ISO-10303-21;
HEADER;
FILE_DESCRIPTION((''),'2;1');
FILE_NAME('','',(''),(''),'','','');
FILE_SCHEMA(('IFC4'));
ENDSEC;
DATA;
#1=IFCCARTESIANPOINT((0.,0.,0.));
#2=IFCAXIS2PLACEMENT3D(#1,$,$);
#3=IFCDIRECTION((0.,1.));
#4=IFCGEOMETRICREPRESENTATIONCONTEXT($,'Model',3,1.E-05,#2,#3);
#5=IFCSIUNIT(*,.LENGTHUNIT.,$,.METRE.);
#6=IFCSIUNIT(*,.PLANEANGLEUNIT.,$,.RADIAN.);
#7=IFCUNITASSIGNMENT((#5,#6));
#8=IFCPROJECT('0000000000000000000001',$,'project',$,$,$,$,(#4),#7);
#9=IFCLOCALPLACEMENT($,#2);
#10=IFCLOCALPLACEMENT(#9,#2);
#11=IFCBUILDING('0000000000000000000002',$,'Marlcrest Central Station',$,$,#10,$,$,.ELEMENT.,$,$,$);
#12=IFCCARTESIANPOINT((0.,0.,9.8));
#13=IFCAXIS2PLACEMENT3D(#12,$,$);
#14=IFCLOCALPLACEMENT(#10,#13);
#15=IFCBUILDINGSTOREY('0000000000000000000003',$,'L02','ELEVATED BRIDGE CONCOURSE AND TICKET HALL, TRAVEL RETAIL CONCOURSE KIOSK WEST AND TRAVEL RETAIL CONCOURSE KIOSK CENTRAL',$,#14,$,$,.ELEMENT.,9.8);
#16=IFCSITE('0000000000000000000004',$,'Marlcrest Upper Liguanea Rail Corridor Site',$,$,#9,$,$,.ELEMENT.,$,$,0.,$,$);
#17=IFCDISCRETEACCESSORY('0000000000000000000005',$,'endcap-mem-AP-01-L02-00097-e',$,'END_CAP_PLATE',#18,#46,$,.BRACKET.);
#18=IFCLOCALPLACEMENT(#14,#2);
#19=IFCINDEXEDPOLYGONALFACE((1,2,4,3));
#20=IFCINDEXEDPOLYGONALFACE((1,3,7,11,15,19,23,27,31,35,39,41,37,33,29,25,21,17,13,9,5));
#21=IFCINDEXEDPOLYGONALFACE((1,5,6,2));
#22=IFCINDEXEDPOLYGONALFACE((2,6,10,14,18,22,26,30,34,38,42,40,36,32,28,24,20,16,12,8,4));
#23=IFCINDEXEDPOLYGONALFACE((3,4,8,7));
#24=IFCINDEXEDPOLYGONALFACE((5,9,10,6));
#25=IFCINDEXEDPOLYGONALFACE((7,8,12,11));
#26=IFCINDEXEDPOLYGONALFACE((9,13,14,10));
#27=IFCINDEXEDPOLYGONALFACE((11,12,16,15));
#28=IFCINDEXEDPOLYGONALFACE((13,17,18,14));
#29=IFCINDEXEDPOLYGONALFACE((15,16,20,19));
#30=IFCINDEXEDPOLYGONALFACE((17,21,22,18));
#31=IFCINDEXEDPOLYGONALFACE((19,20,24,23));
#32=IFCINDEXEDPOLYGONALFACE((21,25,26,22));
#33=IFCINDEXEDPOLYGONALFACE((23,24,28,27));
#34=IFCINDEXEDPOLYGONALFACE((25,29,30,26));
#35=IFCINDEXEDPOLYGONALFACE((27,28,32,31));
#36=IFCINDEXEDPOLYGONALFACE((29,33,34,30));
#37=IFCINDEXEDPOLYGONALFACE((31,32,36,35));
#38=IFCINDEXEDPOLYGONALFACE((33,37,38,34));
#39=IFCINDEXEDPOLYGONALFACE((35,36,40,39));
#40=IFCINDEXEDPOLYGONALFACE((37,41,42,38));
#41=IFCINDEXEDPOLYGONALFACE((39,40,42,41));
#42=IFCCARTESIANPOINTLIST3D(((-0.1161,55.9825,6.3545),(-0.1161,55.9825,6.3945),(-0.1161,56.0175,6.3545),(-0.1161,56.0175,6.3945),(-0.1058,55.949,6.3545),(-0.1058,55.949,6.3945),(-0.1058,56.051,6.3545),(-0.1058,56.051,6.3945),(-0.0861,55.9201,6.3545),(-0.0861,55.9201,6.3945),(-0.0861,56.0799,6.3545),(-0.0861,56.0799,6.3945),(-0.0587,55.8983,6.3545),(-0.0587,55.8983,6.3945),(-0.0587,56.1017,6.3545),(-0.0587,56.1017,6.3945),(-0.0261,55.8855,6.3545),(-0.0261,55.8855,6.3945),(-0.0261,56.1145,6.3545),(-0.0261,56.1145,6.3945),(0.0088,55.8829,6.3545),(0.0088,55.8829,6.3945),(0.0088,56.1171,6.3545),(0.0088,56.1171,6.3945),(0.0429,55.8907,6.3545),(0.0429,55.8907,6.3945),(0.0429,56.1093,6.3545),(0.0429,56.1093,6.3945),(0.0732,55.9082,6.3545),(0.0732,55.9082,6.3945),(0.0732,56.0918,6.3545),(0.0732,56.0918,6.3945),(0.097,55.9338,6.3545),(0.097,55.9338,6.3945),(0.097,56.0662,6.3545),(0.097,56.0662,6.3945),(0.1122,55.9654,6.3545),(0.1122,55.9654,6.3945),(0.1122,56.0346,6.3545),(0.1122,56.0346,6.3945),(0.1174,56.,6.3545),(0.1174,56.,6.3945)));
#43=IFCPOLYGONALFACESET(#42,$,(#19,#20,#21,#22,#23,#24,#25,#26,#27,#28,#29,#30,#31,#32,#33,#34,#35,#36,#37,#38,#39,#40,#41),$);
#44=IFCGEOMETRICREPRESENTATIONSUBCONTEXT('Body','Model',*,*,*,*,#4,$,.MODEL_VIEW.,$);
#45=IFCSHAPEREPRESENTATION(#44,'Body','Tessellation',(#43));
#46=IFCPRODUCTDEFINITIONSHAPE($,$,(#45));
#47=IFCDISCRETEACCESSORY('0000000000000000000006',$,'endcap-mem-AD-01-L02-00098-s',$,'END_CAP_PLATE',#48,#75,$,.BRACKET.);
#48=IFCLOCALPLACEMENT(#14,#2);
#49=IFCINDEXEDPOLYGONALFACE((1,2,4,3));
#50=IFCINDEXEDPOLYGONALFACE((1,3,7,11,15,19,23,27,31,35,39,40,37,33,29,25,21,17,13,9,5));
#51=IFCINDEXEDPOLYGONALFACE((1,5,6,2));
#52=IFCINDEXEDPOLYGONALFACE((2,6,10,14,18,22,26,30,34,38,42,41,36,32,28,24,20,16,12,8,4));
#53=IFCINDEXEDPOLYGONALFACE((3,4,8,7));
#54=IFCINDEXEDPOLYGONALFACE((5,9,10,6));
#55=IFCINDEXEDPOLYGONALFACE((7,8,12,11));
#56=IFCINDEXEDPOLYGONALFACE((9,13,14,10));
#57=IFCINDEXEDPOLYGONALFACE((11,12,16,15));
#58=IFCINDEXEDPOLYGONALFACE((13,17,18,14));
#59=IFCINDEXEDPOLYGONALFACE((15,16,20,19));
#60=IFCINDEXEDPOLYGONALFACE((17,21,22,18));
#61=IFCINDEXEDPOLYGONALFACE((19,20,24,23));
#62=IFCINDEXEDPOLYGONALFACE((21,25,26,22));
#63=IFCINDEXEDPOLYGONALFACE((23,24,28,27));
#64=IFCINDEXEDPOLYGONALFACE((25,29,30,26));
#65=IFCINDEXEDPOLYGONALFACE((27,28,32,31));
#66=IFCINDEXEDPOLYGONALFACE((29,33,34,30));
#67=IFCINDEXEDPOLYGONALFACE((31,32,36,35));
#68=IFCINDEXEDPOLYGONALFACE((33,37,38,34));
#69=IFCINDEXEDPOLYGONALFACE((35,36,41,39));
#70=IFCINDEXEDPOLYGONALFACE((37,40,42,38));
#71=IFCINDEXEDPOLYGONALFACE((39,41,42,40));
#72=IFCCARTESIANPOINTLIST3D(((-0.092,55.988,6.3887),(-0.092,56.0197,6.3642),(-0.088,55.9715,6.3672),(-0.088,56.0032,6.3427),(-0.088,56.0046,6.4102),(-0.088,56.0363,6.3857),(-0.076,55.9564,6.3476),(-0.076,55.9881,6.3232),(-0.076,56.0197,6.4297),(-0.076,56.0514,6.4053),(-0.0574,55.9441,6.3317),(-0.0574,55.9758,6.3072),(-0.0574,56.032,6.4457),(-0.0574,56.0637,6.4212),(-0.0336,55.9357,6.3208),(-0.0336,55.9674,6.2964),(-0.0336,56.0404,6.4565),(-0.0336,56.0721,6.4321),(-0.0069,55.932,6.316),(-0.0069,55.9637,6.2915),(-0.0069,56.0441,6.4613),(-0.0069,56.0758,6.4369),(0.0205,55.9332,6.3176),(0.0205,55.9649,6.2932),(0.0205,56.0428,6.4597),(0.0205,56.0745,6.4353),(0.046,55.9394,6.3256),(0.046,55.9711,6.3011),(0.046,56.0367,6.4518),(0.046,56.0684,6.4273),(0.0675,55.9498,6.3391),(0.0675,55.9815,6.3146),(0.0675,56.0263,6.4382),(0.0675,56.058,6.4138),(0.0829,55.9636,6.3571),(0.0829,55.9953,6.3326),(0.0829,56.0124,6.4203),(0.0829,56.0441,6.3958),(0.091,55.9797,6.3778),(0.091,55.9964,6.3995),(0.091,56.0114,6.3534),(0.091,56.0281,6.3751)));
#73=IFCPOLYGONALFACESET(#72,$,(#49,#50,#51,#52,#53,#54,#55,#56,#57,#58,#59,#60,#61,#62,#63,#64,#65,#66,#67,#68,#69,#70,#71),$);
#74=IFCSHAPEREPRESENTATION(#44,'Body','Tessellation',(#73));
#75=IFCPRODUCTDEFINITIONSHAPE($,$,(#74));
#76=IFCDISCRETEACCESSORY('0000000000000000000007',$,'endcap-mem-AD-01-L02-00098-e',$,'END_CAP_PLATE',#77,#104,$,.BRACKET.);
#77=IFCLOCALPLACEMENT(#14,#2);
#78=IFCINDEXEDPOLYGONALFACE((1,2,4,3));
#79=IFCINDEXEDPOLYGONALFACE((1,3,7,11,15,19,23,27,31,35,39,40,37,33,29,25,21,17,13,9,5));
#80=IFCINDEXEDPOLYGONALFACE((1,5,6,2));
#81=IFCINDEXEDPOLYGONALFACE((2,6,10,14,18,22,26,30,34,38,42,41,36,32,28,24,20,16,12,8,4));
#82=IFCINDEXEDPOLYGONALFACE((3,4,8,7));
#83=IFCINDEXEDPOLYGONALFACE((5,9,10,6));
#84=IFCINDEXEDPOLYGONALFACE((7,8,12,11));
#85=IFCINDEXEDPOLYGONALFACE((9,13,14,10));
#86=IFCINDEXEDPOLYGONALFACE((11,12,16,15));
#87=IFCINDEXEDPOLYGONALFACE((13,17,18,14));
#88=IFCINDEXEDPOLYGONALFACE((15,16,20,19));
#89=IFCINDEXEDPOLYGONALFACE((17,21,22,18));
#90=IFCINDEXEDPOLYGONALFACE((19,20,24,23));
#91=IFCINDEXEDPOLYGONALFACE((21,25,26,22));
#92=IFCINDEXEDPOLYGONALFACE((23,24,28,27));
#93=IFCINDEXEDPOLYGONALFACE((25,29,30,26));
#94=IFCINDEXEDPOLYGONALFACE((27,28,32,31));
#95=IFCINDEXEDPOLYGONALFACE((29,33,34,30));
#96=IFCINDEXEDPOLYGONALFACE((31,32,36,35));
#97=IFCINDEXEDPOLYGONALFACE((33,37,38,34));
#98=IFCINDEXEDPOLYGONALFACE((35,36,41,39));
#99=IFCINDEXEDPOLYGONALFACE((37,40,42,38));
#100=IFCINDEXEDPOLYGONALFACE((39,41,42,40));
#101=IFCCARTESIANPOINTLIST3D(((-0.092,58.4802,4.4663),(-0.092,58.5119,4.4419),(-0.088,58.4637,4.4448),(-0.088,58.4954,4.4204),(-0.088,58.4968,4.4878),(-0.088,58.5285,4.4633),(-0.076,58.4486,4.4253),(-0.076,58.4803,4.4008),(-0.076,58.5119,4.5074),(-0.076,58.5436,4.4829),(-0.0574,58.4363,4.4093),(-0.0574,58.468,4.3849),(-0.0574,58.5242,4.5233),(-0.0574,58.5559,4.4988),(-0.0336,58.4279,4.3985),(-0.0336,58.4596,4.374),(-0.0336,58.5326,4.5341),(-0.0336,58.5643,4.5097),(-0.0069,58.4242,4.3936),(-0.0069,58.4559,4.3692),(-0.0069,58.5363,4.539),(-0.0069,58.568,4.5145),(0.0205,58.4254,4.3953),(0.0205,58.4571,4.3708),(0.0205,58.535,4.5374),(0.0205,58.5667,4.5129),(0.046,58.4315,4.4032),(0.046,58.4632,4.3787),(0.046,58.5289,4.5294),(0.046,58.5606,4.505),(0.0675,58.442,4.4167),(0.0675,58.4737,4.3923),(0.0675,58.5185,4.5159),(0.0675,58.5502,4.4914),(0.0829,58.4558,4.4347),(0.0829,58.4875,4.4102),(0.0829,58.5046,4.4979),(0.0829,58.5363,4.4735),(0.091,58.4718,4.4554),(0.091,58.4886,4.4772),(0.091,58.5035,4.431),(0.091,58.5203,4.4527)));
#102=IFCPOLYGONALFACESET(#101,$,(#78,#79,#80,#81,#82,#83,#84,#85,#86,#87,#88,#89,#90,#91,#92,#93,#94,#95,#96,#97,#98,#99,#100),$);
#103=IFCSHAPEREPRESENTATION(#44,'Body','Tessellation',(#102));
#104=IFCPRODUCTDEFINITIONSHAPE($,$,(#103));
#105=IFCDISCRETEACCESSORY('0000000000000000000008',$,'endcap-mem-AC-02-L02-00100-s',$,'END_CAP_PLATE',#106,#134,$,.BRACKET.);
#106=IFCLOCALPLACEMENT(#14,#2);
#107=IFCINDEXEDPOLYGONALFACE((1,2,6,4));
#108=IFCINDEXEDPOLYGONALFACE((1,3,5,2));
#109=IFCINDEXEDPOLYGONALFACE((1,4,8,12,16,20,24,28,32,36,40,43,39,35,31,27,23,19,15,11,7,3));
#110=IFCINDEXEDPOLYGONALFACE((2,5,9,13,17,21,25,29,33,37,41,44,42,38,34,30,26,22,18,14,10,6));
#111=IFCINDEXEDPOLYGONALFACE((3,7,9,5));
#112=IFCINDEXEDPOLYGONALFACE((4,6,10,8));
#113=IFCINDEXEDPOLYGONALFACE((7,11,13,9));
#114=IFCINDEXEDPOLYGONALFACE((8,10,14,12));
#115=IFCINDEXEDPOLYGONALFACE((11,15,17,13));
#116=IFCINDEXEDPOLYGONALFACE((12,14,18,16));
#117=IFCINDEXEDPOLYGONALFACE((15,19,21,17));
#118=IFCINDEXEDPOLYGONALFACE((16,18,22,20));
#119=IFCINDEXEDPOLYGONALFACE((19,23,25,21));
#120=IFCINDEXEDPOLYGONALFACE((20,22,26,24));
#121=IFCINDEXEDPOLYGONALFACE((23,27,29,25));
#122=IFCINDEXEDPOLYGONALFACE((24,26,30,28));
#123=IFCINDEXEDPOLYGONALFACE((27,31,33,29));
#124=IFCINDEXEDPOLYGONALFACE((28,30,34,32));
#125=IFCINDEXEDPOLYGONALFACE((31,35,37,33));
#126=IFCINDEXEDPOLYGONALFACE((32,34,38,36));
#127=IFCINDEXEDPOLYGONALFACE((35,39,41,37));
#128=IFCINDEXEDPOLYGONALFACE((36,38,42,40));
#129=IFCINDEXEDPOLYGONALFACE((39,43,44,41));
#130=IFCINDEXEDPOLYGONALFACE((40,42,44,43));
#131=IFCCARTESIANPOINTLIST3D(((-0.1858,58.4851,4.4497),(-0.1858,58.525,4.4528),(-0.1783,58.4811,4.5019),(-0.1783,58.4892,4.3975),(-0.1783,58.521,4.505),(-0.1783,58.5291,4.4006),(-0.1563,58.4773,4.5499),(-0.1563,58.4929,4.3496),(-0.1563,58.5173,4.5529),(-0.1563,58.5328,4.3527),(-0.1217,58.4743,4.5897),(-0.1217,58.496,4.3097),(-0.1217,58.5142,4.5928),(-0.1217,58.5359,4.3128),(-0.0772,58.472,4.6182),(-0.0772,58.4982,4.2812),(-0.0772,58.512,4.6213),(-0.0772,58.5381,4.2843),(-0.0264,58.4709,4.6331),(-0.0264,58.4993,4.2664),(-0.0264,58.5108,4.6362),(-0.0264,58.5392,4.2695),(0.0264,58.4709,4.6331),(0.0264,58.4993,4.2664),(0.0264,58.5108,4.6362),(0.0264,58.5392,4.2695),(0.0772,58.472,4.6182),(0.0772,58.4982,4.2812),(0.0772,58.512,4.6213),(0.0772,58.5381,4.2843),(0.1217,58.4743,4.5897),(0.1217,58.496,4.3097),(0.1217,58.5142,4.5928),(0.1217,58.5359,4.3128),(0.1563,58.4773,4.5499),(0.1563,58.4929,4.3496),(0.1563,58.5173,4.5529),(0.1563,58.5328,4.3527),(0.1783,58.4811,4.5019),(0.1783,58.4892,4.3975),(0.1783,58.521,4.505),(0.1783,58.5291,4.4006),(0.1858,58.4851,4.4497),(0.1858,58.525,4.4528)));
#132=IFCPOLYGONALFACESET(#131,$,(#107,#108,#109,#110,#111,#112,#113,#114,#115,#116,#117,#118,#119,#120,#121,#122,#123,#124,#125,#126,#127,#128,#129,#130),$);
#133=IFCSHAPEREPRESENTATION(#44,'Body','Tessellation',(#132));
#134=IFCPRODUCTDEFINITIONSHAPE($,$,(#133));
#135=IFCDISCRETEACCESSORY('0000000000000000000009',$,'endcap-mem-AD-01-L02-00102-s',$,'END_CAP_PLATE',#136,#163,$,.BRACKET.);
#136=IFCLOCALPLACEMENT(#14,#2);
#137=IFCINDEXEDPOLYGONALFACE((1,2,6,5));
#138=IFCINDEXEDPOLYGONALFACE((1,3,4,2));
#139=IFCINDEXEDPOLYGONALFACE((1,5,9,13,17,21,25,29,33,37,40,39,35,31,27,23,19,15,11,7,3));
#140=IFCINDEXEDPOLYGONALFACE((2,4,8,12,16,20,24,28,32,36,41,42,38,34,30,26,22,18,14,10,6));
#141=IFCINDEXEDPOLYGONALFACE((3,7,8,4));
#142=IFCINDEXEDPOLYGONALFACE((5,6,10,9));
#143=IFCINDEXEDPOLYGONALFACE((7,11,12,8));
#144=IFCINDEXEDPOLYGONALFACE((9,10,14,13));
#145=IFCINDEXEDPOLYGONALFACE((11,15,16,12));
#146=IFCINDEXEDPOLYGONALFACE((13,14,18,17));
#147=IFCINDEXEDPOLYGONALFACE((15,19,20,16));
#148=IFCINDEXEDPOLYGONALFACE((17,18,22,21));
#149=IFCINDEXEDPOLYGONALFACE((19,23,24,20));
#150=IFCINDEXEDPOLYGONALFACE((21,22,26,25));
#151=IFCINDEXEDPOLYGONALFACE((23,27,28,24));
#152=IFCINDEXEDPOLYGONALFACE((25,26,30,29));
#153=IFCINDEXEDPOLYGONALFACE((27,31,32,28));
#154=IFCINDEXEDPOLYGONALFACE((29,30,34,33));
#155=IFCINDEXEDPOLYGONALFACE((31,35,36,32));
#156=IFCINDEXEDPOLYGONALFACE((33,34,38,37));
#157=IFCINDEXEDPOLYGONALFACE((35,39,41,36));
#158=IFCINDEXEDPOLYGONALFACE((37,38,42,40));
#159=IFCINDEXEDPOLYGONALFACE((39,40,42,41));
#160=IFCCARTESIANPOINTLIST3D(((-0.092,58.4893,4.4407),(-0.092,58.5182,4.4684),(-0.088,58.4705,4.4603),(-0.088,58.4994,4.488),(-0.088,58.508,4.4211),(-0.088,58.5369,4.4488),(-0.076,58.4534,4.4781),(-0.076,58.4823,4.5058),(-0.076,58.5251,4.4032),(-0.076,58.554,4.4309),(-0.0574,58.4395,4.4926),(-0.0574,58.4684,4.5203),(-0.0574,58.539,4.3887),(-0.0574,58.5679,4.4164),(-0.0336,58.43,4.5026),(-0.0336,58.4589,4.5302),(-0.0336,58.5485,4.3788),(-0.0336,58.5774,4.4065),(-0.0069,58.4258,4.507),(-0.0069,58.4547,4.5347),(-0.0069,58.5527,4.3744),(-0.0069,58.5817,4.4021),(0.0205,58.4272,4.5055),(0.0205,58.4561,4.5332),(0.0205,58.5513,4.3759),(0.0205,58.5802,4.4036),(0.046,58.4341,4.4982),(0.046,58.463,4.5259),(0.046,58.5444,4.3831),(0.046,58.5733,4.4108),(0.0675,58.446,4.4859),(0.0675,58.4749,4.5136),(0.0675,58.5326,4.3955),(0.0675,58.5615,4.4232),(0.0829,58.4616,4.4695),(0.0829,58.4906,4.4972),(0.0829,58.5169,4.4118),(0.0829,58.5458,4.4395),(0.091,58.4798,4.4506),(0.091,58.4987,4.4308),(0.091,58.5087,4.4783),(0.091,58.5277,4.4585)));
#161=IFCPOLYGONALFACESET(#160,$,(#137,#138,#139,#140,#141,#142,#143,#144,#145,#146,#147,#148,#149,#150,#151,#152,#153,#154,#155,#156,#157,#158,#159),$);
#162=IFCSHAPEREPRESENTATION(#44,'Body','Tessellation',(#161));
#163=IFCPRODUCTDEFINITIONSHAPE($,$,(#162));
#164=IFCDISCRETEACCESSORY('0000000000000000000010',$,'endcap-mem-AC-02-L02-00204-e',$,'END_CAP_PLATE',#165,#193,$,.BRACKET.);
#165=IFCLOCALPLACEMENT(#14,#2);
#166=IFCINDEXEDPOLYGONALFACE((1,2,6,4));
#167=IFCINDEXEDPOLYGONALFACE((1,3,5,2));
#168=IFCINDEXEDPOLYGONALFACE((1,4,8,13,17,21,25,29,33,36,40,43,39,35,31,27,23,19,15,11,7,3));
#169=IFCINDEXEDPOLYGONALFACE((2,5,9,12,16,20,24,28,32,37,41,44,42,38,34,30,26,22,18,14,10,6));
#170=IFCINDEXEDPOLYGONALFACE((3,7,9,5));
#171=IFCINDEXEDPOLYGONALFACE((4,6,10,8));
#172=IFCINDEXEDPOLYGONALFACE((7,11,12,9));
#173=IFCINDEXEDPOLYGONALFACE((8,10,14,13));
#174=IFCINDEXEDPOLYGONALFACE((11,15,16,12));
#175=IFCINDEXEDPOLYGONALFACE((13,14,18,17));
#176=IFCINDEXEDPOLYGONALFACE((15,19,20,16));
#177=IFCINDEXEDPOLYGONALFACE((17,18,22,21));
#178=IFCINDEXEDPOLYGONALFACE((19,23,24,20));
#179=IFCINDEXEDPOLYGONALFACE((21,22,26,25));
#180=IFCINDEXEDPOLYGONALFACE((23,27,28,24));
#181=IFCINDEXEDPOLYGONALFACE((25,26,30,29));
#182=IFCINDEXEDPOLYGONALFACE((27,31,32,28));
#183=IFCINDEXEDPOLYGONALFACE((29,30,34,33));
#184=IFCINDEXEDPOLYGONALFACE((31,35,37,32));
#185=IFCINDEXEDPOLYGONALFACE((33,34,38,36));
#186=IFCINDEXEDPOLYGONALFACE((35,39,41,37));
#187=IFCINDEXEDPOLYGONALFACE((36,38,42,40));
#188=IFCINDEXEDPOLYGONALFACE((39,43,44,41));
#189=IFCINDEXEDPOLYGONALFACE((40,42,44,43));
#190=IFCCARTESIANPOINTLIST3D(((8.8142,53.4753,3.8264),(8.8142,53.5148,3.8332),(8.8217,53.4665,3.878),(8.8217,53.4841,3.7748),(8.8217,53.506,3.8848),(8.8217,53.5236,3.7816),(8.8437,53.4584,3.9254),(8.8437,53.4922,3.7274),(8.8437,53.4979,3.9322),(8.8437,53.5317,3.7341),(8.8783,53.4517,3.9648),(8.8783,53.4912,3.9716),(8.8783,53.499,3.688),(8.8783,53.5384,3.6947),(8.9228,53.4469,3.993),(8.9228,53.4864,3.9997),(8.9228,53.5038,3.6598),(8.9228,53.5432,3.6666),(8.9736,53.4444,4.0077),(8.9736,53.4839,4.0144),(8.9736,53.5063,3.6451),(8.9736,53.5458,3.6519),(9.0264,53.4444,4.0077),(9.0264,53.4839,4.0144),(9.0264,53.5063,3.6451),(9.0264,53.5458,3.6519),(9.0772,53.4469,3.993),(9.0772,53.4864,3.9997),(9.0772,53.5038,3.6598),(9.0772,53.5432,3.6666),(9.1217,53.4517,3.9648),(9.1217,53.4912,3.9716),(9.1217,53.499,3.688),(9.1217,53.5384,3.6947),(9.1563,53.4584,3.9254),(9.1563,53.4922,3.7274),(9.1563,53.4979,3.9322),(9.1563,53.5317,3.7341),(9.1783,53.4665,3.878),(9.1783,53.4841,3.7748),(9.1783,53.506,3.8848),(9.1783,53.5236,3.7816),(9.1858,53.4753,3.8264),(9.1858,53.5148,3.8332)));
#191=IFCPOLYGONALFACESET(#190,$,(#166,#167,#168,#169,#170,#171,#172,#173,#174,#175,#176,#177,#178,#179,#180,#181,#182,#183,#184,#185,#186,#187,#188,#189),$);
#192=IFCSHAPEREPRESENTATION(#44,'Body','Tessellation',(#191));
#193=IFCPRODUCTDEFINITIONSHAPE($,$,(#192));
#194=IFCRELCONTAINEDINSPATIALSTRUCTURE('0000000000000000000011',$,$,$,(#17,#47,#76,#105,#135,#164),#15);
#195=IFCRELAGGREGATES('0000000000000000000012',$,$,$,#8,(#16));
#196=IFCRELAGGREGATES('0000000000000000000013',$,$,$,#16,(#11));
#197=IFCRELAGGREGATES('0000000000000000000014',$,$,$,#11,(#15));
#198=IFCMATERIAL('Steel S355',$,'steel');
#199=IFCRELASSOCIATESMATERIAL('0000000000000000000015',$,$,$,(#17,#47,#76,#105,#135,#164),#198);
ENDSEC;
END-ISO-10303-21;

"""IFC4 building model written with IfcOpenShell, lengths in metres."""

from ifc_helpers import new_model, si_unit, direction, frame, origin, origin_2d, place, context, subcontext, project, spatial, circle, extrude, material, element, save


model = new_model("IFC4")

# Units and contexts
model_context = context("Model", 3, precision=1e-05, world=origin(), true_north=direction((0.0, 1.0)))
body_context = subcontext(model_context, "Body", "Model", "MODEL_VIEW")
ifc_project = project(units=[si_unit("LENGTHUNIT", "METRE"), si_unit("PLANEANGLEUNIT", "RADIAN")], contexts=[model_context])

# Site, building, storey
site_placement = place(None, origin())
site = spatial("IfcSite", under=ifc_project, at=site_placement, Name="Marlcrest Upper Liguanea Rail Corridor Site", CompositionType="ELEMENT", RefElevation=0.0)
building_placement = place(site_placement, origin())
building = spatial("IfcBuilding", under=site, at=building_placement, Name="Marlcrest Central Station", CompositionType="ELEMENT")
storey_placement = place(building_placement, frame((0.0, 0.0, 9.8)))
storey = spatial("IfcBuildingStorey", under=building, at=storey_placement, Name="L02", Description="ELEVATED BRIDGE CONCOURSE AND TICKET HALL, TRAVEL RETAIL CONCOURSE KIOSK WEST AND TRAVEL RETAIL CONCOURSE KIOSK CENTRAL", CompositionType="ELEMENT", Elevation=9.8)

# Shared definitions
ifc_material = material(Name="Steel S355", Category="steel")

# Discrete accessories
for number, where, z_axis, x_axis, name in (
    (1, (0.0, 56.0, 6.3545), (0.0, 0.0, 1.0), (1.0, 0.0, 0.0), "endcap-mem-AP-01-L02-00097-e"),
):
    element("IfcDiscreteAccessory", number, at=place(storey_placement, frame(where, z_axis=z_axis, x_axis=x_axis)), inside=storey, material=ifc_material, Name=name, ObjectType="END_CAP_PLATE", PredefinedType="BRACKET", context=body_context, shape_type="SweptSolid", body=[
        extrude(circle(Radius=0.1174, at=origin_2d()), origin(), (0.0, 0.0, 1.0), 0.04),
    ])
for number, where, z_axis, x_axis, name in (
    (2, (0.0, 55.988, 6.3887), (0.0, 0.791798, -0.610783), (-1.0, 0.0, 0.0), "endcap-mem-AD-01-L02-00098-s"),
    (3, (0.0, 58.4802, 4.4663), (0.0, 0.791798, -0.610783), (-1.0, 0.0, 0.0), "endcap-mem-AD-01-L02-00098-e"),
):
    element("IfcDiscreteAccessory", number, at=place(storey_placement, frame(where, z_axis=z_axis, x_axis=x_axis)), inside=storey, material=ifc_material, Name=name, ObjectType="END_CAP_PLATE", PredefinedType="BRACKET", context=body_context, shape_type="SweptSolid", body=[
        extrude(circle(Radius=0.092, at=origin_2d()), origin(), (0.0, 0.0, 1.0), 0.04),
    ])
discrete_accessory_1_placement = place(storey_placement, frame((0.0, 58.4851, 4.4497), z_axis=(0.0, 0.997007, 0.077307), x_axis=(-1.0, 0.0, 0.0)))
element("IfcDiscreteAccessory", 4, at=discrete_accessory_1_placement, inside=storey, material=ifc_material, Name="endcap-mem-AC-02-L02-00100-s", ObjectType="END_CAP_PLATE", PredefinedType="BRACKET", context=body_context, shape_type="SweptSolid", body=[
    extrude(circle(Radius=0.1858, at=origin_2d()), origin(), (0.0, 0.0, 1.0), 0.04),
])
discrete_accessory_2_placement = place(storey_placement, frame((0.0, 58.4893, 4.4407), z_axis=(0.0, 0.722247, 0.691636), x_axis=(-1.0, 0.0, 0.0)))
element("IfcDiscreteAccessory", 5, at=discrete_accessory_2_placement, inside=storey, material=ifc_material, Name="endcap-mem-AD-01-L02-00102-s", ObjectType="END_CAP_PLATE", PredefinedType="BRACKET", context=body_context, shape_type="SweptSolid", body=[
    extrude(circle(Radius=0.092, at=origin_2d()), origin(), (0.0, 0.0, 1.0), 0.04),
])
discrete_accessory_3_placement = place(storey_placement, frame((9.0, 53.4753, 3.8264), z_axis=(0.0, 0.985741, 0.168269), x_axis=(-1.0, 0.0, 0.0)))
element("IfcDiscreteAccessory", 6, at=discrete_accessory_3_placement, inside=storey, material=ifc_material, Name="endcap-mem-AC-02-L02-00204-e", ObjectType="END_CAP_PLATE", PredefinedType="BRACKET", context=body_context, shape_type="SweptSolid", body=[
    extrude(circle(Radius=0.1858, at=origin_2d()), origin(), (0.0, 0.0, 1.0), 0.04),
])

save(model, "model.ifc")
